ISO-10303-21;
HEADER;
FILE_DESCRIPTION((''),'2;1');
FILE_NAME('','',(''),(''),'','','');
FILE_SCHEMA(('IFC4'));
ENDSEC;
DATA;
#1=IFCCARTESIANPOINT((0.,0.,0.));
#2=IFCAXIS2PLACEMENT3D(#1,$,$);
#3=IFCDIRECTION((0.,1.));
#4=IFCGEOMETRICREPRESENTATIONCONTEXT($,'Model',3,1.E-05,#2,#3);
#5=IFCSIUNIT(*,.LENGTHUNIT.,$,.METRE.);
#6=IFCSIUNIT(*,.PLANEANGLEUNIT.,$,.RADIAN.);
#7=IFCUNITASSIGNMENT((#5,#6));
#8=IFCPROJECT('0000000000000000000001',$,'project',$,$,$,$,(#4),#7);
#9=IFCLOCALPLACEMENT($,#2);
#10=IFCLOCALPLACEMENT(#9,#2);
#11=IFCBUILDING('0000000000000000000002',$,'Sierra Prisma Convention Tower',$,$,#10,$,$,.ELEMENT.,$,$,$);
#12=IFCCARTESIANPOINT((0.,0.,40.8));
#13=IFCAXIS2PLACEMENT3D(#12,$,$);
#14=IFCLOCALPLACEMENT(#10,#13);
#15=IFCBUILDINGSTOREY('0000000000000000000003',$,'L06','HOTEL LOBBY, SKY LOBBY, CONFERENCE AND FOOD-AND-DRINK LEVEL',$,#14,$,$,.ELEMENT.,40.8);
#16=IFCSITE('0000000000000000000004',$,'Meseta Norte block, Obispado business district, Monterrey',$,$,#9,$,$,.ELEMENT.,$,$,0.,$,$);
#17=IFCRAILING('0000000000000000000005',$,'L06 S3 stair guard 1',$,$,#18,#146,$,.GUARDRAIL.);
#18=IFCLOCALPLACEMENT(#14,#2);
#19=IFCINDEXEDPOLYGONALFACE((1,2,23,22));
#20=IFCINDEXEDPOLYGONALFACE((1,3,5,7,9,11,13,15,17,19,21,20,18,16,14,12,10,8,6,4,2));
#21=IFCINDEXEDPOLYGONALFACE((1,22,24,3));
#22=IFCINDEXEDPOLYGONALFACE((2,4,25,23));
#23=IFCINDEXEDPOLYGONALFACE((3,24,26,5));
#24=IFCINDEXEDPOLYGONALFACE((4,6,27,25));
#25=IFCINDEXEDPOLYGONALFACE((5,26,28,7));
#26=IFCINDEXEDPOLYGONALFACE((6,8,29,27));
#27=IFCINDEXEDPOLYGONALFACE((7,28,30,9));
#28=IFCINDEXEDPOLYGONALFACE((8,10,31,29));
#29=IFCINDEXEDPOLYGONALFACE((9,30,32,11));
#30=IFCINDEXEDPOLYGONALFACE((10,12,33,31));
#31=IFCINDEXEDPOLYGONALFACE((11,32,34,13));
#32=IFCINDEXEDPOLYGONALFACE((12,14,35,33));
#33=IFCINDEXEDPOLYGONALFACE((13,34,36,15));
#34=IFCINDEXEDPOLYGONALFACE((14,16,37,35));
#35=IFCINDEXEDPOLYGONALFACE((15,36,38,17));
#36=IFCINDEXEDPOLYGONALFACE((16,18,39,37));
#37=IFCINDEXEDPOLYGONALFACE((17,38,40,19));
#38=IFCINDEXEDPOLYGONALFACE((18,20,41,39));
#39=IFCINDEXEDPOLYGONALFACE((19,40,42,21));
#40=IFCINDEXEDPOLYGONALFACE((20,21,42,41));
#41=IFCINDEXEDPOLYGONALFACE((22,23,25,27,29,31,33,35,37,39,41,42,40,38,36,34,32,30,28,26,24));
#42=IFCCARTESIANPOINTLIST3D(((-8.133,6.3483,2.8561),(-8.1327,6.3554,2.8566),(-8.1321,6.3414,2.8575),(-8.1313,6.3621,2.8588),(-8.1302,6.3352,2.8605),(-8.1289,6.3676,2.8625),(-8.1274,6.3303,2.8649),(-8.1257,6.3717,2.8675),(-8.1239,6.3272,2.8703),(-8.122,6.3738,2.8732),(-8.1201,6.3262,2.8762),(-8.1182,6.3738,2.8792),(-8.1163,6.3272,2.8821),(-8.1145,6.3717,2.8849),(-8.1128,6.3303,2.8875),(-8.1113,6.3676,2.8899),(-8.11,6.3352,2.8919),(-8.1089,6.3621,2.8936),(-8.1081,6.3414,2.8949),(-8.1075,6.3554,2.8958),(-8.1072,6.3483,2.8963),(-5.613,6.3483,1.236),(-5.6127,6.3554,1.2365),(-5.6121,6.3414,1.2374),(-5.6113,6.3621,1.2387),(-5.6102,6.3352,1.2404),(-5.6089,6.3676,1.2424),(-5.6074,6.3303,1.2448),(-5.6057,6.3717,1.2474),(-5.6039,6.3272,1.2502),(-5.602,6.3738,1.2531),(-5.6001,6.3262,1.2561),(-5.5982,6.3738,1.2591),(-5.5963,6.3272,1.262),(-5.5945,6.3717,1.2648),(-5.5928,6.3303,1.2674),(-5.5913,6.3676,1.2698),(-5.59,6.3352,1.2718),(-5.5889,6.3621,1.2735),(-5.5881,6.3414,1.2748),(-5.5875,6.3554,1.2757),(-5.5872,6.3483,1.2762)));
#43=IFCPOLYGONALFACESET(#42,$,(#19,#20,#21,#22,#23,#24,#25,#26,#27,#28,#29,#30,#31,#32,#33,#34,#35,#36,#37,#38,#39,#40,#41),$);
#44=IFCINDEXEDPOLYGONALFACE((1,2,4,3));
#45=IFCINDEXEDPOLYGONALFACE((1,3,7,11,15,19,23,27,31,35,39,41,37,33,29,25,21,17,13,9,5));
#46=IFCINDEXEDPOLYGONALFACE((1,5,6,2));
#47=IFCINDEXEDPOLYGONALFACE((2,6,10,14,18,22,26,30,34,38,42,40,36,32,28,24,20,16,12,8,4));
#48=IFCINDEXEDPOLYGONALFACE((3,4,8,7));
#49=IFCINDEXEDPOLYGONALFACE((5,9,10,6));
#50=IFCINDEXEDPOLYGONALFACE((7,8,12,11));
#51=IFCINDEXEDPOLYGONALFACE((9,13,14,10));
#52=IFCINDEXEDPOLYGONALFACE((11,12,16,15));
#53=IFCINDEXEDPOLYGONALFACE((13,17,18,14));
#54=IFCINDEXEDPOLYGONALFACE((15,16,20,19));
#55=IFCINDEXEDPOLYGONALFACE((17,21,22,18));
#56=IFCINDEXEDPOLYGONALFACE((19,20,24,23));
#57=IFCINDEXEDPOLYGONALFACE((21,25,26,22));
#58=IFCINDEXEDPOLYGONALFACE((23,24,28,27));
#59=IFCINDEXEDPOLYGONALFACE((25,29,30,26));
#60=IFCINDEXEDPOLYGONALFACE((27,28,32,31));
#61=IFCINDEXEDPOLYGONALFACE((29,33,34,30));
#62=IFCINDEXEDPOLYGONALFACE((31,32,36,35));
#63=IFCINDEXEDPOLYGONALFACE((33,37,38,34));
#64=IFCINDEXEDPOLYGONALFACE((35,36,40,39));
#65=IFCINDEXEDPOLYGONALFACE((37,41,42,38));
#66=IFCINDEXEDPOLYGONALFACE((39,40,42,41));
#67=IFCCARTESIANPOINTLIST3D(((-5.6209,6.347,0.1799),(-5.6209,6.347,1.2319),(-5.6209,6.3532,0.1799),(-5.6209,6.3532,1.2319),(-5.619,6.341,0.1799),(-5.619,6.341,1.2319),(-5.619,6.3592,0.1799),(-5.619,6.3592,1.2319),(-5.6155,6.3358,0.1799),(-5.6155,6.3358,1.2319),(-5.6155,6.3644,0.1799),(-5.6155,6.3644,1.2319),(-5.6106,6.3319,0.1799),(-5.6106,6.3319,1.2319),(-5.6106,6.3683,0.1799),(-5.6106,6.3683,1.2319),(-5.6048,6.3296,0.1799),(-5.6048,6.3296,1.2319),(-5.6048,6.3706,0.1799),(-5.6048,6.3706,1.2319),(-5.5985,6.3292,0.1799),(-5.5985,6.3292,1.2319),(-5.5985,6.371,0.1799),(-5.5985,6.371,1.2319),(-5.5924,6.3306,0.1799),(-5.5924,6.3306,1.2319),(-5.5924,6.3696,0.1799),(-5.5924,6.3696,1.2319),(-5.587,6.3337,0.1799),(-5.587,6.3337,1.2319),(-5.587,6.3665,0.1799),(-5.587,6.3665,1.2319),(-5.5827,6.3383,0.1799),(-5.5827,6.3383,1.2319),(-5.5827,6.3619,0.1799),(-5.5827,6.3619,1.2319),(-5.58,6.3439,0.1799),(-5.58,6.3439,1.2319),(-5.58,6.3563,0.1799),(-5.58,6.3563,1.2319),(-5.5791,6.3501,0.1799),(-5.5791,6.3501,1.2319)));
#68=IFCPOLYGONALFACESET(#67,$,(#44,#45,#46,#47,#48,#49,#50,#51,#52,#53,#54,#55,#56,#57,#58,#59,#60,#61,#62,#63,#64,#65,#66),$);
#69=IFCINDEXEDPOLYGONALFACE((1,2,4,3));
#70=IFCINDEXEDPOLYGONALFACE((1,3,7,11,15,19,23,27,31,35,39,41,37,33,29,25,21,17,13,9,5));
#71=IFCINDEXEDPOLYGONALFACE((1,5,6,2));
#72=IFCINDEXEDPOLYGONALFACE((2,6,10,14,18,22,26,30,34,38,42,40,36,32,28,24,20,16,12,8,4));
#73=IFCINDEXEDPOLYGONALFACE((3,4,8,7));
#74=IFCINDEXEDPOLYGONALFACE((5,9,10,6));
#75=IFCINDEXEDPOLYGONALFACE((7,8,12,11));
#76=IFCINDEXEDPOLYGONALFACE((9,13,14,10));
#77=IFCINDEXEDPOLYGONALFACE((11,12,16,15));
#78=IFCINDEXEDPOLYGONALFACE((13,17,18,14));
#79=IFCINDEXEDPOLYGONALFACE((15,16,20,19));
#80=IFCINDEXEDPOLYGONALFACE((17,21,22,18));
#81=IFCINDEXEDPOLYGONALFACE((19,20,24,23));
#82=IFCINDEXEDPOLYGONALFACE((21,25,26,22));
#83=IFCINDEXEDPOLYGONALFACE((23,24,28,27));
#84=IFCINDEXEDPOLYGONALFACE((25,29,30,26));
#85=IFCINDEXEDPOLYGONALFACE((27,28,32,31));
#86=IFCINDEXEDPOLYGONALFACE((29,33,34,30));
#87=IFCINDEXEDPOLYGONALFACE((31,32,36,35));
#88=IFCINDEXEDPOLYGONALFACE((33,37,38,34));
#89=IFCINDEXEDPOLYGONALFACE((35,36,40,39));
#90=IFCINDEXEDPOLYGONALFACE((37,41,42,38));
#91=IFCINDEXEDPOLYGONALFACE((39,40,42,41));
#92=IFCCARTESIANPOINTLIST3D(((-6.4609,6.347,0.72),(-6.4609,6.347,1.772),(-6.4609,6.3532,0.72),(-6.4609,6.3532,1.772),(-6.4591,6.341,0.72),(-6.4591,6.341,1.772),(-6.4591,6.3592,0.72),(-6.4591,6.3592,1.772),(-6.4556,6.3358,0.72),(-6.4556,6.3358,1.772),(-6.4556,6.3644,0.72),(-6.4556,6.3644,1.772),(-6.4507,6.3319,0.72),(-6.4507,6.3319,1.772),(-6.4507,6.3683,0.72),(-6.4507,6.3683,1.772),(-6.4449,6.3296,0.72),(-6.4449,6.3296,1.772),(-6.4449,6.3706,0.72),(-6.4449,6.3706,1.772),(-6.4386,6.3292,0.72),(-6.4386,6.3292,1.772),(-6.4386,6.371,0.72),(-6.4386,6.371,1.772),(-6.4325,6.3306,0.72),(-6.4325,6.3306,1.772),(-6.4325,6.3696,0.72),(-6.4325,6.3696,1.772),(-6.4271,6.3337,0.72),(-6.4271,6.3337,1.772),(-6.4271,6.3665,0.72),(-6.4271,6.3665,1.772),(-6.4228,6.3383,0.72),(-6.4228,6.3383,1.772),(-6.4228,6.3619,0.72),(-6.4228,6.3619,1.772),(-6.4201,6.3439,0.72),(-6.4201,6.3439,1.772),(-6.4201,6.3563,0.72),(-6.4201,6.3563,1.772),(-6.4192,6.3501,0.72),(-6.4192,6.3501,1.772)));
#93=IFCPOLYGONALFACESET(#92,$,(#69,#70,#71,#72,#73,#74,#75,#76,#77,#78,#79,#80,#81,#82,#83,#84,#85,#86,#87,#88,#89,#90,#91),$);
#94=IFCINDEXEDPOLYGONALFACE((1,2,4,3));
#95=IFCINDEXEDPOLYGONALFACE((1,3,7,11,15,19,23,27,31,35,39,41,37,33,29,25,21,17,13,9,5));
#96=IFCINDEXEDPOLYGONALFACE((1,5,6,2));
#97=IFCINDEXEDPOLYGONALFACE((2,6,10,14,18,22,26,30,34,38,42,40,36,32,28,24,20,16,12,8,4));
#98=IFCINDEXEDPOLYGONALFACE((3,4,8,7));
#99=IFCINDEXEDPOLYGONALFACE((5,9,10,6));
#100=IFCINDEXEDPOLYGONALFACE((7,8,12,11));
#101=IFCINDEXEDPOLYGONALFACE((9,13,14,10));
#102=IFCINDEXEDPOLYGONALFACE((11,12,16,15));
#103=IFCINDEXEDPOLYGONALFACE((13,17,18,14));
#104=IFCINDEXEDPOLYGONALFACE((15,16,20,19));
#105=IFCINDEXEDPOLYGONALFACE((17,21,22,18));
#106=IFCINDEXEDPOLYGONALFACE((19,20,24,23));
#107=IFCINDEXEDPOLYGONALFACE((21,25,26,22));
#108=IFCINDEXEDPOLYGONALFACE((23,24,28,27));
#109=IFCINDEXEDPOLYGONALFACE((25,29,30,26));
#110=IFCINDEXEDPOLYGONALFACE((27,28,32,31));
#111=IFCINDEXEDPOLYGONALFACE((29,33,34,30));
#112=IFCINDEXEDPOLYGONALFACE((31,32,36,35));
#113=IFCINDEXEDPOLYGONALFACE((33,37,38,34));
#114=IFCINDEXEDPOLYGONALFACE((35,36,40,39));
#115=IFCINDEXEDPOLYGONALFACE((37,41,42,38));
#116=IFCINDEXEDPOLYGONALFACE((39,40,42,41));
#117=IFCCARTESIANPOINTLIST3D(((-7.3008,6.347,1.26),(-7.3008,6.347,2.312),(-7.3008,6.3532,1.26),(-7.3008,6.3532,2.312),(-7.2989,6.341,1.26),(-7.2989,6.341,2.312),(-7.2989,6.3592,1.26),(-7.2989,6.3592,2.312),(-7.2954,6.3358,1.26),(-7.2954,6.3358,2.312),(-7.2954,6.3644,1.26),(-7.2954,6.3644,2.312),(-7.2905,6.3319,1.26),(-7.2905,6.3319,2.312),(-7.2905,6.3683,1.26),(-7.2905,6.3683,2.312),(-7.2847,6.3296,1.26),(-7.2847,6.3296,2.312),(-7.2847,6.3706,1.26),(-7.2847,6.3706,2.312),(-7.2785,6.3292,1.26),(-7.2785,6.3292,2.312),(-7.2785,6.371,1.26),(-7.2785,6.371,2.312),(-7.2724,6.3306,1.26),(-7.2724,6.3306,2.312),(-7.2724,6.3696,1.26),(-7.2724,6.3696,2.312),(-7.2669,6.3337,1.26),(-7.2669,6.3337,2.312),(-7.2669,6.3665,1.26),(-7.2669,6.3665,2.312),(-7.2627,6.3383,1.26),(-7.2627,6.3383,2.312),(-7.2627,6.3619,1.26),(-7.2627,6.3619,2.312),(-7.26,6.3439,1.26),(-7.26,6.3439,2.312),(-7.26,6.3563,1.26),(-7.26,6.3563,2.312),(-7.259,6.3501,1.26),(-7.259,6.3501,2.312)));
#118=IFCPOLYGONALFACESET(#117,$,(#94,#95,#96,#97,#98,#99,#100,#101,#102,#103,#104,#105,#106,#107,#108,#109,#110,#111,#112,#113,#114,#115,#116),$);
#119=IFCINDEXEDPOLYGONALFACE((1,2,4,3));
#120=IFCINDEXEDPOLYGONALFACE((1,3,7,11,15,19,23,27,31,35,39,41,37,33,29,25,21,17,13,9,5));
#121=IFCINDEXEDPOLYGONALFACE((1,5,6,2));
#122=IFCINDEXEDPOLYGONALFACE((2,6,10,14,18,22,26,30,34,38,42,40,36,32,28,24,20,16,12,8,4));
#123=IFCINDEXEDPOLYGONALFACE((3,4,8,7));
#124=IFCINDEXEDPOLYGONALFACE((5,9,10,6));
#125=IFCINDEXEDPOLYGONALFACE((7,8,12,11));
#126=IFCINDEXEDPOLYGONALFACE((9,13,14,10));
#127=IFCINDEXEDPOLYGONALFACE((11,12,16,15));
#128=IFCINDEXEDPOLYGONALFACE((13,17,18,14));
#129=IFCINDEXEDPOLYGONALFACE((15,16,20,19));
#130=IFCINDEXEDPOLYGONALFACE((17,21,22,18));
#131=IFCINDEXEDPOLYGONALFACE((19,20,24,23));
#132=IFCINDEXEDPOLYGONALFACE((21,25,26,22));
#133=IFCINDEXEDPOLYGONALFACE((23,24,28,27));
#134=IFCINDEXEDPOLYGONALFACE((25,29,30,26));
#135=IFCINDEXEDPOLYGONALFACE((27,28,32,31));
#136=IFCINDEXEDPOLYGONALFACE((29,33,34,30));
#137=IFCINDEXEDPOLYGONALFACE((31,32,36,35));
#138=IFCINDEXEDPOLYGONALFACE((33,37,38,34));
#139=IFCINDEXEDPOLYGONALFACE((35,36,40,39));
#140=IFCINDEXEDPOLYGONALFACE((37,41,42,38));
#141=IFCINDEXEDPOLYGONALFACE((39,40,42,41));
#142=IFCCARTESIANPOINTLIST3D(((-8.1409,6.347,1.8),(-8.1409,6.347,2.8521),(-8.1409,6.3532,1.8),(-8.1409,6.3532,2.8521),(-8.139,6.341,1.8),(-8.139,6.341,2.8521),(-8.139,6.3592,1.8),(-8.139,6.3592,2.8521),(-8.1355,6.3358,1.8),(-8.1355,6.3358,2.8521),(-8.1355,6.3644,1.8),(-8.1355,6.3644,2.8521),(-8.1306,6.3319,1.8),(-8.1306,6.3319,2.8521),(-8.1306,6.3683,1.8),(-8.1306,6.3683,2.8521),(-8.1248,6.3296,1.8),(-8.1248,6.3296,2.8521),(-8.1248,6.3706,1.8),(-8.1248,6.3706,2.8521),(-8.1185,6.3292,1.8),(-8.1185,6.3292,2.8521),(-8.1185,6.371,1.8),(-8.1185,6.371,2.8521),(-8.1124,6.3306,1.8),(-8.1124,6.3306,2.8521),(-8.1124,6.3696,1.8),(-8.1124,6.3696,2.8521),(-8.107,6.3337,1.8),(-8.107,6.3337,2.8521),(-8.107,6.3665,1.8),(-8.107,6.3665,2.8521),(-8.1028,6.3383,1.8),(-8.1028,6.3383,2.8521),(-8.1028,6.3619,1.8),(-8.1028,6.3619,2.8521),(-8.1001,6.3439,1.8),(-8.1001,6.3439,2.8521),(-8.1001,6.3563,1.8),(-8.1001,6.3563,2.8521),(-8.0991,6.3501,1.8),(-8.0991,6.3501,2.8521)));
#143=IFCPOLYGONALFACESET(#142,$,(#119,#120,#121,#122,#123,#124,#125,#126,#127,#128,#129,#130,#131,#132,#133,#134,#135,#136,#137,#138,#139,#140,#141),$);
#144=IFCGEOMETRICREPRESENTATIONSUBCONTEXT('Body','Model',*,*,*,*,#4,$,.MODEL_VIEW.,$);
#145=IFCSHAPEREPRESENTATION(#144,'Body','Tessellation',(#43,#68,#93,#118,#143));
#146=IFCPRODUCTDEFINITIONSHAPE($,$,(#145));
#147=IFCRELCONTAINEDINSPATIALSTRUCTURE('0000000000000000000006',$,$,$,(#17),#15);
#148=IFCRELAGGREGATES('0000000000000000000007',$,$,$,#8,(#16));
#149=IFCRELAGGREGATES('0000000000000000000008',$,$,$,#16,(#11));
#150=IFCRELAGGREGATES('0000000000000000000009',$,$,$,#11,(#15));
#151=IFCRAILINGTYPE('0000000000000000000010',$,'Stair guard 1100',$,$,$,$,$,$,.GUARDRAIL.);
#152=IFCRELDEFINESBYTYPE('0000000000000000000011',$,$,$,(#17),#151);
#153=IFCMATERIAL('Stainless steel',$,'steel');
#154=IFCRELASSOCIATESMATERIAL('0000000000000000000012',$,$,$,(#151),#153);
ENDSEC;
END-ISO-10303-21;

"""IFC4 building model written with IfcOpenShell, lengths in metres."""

from ifc_helpers import new_model, si_unit, direction, frame, origin, origin_2d, place, context, subcontext, project, spatial, circle, extrude, material, type_object, element, save


model = new_model("IFC4")

# Units and contexts
model_context = context("Model", 3, precision=1e-05, world=origin(), true_north=direction((0.0, 1.0)))
body_context = subcontext(model_context, "Body", "Model", "MODEL_VIEW")
ifc_project = project(units=[si_unit("LENGTHUNIT", "METRE"), si_unit("PLANEANGLEUNIT", "RADIAN")], contexts=[model_context])

# Site, building, storey
site_placement = place(None, origin())
site = spatial("IfcSite", under=ifc_project, at=site_placement, Name="Meseta Norte block, Obispado business district, Monterrey", CompositionType="ELEMENT", RefElevation=0.0)
building_placement = place(site_placement, origin())
building = spatial("IfcBuilding", under=site, at=building_placement, Name="Sierra Prisma Convention Tower", CompositionType="ELEMENT")
storey_placement = place(building_placement, frame((0.0, 0.0, 40.8)))
storey = spatial("IfcBuildingStorey", under=building, at=storey_placement, Name="L06", Description="HOTEL LOBBY, SKY LOBBY, CONFERENCE AND FOOD-AND-DRINK LEVEL", CompositionType="ELEMENT", Elevation=40.8)

# Railing
ifc_material_1 = material(Name="Stainless steel", Category="steel")
railing_type_1 = type_object("IfcRailingType", Name="Stair guard 1100", PredefinedType="GUARDRAIL", material=ifc_material_1)
railing_1_placement = place(storey_placement, frame((-5.6001, 6.3501, 0.1799)))
element("IfcRailing", 1, at=railing_1_placement, inside=storey, type_object=railing_type_1, Name="L06 S3 stair guard 1", PredefinedType="GUARDRAIL", context=body_context, shape_type="SweptSolid", body=[
    extrude(circle(Radius=0.0239, at=origin_2d()), frame((0.0, 0.0, 1.0762), z_axis=(-0.841163, 0.0, 0.540782), x_axis=(0.0, -1.0, 0.0)), (0.0, 0.0, 1.0), 2.9958),
    extrude(circle(Radius=0.021, at=origin_2d()), origin(), (0.0, 0.0, 1.0), 1.052),
    extrude(circle(Radius=0.021, at=origin_2d()), frame((-0.8401, 0.0, 0.54)), (0.0, 0.0, 1.0), 1.052),
    extrude(circle(Radius=0.021, at=origin_2d()), frame((-1.6799, 0.0, 1.0801)), (0.0, 0.0, 1.0), 1.052),
    extrude(circle(Radius=0.021, at=origin_2d()), frame((-2.52, 0.0, 1.6201)), (0.0, 0.0, 1.0), 1.052),
])

save(model, "model.ifc")
